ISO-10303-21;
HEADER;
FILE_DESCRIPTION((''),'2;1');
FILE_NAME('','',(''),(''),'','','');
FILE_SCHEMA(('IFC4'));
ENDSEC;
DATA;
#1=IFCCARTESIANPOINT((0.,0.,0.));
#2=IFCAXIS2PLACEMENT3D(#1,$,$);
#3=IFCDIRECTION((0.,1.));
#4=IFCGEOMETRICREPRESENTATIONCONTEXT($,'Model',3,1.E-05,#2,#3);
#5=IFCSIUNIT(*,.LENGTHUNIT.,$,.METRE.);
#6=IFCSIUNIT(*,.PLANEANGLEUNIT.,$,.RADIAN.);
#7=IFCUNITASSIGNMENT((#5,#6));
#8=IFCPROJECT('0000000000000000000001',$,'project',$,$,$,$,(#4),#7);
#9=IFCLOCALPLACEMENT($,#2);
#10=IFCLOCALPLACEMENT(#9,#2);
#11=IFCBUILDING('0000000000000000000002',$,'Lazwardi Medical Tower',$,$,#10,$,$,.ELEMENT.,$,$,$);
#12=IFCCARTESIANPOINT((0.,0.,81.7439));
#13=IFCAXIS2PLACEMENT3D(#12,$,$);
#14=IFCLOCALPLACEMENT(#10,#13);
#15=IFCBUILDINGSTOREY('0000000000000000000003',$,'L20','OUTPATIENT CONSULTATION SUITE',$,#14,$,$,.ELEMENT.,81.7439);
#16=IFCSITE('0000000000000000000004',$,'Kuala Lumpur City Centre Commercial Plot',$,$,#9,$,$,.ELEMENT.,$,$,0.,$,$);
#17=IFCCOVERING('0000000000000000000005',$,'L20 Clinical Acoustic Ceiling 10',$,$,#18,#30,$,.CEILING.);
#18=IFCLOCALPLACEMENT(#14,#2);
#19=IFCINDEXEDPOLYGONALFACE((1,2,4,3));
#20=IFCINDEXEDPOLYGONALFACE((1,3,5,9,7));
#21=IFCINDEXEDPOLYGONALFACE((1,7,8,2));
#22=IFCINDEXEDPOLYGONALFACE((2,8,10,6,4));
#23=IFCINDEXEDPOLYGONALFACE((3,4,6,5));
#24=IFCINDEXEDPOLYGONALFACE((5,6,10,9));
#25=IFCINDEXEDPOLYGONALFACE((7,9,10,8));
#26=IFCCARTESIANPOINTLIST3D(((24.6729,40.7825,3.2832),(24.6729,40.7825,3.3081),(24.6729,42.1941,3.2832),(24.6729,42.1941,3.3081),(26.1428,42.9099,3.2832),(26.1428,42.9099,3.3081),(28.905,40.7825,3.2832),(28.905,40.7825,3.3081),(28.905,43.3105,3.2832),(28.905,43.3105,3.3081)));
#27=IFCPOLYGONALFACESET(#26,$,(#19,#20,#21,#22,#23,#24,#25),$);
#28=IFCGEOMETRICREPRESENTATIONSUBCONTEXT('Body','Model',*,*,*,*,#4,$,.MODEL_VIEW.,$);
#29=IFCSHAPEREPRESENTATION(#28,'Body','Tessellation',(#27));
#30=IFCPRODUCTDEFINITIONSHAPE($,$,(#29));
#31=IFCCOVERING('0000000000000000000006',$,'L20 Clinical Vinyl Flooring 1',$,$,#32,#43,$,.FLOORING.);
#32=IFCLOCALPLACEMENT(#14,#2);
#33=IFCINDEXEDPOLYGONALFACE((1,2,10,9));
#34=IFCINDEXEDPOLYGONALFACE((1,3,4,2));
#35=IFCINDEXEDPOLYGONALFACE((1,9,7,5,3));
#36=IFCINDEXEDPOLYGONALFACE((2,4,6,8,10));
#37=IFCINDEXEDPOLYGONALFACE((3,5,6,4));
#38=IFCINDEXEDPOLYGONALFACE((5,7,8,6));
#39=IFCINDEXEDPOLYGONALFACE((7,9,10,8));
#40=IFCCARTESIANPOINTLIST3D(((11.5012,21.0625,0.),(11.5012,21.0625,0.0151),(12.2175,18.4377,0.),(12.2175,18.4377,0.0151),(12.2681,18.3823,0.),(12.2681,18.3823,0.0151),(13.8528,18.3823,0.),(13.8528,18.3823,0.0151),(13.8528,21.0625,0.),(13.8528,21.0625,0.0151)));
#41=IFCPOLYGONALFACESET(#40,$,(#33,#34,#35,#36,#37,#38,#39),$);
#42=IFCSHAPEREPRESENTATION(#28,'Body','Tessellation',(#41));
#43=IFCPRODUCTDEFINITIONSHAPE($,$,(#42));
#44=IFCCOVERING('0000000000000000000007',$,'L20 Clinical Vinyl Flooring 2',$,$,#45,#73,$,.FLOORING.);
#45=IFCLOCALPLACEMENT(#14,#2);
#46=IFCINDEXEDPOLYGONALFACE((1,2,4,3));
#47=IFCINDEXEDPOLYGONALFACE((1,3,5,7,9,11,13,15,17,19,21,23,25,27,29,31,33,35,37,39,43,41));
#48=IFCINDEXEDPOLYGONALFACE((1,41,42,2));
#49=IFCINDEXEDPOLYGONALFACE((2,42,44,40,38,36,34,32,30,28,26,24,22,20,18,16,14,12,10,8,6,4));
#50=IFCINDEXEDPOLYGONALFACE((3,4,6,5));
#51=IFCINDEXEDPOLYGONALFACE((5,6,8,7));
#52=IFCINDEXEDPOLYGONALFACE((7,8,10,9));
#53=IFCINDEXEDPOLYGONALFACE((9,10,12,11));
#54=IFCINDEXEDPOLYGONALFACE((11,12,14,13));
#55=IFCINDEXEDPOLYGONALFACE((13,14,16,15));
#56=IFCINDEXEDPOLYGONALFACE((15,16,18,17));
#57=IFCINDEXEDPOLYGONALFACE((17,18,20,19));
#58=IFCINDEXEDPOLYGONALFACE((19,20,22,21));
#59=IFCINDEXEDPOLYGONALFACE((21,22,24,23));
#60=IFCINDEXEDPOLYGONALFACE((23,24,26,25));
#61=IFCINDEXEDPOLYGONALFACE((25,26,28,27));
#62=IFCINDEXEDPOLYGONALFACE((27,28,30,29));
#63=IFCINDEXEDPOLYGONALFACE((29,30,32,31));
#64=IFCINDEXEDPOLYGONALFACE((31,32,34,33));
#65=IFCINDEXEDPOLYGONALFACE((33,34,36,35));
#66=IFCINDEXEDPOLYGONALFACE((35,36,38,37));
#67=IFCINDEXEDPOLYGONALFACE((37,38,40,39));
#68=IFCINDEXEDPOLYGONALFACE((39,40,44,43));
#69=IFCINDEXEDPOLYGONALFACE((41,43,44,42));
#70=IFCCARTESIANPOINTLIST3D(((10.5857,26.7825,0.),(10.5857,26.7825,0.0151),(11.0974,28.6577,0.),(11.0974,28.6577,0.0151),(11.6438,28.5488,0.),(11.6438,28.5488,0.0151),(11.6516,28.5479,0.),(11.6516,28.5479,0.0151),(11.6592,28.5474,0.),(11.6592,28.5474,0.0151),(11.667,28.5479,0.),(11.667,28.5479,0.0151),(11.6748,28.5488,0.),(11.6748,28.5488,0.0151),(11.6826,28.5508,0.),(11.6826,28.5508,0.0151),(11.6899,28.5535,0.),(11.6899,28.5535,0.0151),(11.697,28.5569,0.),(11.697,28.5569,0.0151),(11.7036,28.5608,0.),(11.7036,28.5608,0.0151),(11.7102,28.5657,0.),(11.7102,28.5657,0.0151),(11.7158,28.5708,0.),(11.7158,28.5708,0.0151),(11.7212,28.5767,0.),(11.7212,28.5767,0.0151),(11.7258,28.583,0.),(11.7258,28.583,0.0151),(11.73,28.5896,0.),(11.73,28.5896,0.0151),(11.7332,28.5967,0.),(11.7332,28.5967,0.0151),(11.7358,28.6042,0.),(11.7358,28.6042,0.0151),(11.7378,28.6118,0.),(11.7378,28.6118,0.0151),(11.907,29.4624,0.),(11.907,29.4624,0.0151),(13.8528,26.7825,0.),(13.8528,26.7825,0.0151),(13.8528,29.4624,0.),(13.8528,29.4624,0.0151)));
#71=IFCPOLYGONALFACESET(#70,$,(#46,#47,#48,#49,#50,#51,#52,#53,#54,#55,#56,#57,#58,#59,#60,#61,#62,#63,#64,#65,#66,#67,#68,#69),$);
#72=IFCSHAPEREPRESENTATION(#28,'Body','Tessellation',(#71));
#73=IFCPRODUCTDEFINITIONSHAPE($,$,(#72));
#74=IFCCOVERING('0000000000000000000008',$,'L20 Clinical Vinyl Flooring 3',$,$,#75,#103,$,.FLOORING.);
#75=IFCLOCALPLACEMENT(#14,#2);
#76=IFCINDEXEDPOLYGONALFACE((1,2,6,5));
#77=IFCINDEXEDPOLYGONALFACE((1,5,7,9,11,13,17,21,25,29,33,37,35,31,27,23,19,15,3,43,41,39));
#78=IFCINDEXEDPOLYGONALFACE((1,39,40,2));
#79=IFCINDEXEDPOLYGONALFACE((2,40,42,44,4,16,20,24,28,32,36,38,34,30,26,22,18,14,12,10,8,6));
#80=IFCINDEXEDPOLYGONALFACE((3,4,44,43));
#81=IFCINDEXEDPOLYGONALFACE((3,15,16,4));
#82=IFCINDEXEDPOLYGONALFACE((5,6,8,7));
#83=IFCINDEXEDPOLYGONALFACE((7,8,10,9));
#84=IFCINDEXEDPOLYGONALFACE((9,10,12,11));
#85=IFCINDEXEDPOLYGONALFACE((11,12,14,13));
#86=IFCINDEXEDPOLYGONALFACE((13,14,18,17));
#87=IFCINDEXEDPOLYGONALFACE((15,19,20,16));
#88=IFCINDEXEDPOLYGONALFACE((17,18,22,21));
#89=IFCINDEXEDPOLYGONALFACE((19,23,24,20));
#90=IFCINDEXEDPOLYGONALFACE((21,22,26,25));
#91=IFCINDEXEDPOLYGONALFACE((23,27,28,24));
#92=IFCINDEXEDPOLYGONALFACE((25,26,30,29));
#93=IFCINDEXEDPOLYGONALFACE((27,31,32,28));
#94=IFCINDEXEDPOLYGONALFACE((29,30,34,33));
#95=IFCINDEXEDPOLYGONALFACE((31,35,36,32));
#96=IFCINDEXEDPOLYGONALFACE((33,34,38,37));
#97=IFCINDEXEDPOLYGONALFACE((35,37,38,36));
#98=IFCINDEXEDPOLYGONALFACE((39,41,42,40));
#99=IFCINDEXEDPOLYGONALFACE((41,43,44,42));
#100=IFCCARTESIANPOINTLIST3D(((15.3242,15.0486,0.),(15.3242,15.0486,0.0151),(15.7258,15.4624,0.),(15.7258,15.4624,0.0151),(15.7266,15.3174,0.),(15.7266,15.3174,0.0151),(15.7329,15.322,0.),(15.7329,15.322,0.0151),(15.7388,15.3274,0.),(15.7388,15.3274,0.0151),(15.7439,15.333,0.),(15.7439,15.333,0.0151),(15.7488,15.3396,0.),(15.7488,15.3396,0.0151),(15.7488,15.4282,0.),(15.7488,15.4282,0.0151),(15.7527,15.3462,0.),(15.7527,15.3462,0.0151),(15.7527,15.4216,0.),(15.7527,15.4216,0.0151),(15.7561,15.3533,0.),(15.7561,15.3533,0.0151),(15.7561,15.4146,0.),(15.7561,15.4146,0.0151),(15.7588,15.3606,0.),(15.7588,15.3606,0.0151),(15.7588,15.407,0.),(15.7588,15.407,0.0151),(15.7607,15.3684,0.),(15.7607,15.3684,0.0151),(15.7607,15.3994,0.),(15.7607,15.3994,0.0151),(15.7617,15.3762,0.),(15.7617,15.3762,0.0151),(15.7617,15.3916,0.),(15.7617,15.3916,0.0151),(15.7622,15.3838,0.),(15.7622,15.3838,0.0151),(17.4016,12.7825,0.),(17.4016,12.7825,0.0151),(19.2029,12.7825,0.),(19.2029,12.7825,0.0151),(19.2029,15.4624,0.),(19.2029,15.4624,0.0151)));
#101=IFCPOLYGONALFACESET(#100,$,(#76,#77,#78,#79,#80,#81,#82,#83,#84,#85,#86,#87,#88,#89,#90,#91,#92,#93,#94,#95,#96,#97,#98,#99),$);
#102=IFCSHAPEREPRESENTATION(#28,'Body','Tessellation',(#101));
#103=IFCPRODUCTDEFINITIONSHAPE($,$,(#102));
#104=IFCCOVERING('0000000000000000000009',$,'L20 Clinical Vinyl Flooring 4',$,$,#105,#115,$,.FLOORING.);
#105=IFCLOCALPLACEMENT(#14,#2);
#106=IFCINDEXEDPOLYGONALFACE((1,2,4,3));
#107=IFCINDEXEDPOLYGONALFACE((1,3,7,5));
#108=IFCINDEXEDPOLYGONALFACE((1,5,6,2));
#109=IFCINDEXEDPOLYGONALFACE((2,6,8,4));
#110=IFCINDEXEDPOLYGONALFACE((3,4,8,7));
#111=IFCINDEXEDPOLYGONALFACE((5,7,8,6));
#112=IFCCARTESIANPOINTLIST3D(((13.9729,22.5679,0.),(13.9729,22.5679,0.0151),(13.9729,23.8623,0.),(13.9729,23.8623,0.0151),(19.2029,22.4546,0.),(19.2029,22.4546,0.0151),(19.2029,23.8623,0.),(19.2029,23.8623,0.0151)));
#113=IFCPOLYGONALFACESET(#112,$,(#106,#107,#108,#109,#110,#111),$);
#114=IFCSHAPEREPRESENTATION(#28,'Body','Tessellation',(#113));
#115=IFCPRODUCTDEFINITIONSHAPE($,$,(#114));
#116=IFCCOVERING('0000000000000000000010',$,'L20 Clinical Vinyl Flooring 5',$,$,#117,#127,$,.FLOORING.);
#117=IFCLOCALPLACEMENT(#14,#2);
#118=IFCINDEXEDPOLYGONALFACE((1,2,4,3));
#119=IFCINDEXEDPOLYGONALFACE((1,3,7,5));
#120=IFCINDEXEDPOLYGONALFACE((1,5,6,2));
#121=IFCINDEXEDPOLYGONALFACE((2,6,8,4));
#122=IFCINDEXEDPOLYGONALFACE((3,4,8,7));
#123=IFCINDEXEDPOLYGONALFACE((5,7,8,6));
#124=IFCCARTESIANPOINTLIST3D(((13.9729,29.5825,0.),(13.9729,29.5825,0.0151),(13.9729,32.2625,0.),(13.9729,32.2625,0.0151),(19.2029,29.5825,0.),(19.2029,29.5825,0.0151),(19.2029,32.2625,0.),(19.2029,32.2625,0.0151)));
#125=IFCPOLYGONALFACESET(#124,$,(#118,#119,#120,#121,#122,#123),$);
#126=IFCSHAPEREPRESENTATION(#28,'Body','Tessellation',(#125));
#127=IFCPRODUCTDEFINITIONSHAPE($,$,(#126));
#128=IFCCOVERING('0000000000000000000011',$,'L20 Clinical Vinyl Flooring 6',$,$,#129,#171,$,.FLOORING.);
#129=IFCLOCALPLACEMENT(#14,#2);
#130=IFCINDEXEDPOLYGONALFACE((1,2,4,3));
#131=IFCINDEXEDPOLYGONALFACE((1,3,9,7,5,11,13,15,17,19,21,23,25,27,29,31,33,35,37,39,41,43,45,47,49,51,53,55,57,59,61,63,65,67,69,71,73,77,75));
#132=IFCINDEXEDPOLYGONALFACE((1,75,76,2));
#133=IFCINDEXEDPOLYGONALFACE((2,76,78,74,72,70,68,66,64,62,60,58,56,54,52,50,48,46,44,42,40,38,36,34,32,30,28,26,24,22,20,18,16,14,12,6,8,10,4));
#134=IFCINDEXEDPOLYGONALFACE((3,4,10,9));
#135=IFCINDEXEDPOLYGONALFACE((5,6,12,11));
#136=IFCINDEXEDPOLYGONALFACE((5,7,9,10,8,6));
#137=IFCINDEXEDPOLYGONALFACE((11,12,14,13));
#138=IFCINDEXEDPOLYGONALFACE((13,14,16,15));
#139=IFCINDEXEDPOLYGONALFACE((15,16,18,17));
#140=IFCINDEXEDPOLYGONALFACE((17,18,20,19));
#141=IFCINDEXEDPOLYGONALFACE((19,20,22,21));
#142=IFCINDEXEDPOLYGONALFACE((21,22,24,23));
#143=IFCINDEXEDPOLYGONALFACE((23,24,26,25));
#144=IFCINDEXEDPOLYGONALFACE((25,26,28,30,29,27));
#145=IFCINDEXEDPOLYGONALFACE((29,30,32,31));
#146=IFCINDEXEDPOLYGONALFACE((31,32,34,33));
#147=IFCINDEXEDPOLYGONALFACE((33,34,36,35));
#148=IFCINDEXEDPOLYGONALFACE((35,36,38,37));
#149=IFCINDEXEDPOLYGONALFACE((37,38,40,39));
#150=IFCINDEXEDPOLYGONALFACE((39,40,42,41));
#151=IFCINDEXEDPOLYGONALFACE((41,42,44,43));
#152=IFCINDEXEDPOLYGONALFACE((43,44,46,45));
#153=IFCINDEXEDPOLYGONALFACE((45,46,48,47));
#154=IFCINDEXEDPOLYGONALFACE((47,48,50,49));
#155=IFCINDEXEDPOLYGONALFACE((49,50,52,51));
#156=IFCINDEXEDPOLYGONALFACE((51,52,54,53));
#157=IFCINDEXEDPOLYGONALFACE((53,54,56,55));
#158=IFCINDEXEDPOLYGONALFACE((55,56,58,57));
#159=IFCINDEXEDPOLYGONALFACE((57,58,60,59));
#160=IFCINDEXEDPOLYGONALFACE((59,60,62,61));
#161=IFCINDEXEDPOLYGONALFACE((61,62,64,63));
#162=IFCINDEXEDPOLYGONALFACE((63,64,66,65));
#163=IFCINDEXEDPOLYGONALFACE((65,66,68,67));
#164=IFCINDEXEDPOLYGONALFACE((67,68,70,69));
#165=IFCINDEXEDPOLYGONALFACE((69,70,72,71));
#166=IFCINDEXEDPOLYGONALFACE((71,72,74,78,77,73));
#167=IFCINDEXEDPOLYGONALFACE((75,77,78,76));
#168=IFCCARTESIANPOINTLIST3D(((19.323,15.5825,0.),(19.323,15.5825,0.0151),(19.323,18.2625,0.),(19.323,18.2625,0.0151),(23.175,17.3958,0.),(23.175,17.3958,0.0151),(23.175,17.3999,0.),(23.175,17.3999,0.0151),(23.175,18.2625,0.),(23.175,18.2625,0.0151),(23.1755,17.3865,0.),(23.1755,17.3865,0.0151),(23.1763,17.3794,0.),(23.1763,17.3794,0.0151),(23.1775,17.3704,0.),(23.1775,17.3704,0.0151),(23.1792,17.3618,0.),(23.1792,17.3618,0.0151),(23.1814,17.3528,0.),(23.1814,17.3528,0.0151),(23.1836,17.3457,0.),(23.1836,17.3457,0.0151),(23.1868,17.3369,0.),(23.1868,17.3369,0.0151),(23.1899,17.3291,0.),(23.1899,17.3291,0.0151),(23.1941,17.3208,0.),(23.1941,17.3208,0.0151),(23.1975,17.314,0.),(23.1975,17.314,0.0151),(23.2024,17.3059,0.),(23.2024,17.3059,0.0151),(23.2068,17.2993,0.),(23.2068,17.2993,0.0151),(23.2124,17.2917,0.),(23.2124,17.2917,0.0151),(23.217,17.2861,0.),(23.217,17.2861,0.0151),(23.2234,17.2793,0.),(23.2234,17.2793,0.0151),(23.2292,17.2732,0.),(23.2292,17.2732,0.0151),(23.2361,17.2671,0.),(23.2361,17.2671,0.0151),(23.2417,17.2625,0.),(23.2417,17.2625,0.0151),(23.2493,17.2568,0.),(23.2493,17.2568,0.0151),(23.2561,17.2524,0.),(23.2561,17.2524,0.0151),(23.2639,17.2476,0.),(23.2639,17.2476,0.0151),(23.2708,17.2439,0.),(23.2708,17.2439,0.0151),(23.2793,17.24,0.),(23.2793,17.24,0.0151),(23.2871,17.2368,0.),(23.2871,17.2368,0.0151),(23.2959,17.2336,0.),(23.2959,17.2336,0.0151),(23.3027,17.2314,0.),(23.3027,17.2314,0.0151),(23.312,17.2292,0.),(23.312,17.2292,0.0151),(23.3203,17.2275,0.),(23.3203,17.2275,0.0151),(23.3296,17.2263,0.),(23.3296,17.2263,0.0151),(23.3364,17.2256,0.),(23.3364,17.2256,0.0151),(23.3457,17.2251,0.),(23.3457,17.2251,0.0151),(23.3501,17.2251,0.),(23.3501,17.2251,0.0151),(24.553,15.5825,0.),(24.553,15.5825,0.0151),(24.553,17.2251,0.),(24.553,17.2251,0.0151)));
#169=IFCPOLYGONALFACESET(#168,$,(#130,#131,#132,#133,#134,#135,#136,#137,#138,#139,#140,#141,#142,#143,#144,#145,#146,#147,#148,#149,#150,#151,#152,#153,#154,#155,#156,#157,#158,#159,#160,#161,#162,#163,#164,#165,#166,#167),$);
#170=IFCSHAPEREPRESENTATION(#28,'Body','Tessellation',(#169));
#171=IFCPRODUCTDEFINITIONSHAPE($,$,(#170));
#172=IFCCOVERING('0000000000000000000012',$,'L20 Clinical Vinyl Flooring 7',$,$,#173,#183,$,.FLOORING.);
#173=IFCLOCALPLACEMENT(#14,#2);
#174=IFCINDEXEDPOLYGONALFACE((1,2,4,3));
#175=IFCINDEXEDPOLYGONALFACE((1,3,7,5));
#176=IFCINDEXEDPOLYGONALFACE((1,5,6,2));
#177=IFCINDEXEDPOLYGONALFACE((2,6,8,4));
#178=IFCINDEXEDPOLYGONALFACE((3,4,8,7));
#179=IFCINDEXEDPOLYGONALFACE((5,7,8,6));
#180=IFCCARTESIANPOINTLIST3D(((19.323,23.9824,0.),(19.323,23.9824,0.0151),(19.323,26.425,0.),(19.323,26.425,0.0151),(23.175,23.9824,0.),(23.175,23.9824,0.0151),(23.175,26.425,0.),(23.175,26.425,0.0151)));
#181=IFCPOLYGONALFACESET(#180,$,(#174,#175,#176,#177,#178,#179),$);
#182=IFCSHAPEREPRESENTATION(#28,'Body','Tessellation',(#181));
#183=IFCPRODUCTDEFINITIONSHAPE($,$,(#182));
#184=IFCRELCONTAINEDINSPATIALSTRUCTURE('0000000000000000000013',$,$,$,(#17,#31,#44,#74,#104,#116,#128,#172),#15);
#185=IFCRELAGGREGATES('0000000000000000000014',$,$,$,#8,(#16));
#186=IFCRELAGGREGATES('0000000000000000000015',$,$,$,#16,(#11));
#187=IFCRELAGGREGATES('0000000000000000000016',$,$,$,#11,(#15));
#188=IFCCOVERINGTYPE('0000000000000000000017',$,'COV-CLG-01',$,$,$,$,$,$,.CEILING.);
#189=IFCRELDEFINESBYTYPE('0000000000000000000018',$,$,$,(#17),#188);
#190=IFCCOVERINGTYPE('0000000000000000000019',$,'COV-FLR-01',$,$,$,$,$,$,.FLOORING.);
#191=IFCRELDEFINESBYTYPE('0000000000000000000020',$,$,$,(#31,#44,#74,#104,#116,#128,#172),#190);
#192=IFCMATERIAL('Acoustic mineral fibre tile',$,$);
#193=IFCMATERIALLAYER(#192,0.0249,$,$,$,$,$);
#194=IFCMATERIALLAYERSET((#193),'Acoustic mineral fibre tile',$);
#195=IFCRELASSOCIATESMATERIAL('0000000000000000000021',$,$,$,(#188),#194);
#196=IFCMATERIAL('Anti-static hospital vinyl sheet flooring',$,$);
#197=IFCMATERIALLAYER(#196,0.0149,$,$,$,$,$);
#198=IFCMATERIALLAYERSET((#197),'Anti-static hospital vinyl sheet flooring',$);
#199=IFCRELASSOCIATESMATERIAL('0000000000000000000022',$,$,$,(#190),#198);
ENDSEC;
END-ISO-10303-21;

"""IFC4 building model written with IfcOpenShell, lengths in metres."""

from ifc_helpers import new_model, si_unit, direction, frame, origin, place, context, subcontext, project, spatial, polyline, outline, extrude, material, layer, layer_set, type_object, element, save


model = new_model("IFC4")

# Units and contexts
model_context = context("Model", 3, precision=1e-05, world=origin(), true_north=direction((0.0, 1.0)))
body_context = subcontext(model_context, "Body", "Model", "MODEL_VIEW")
ifc_project = project(units=[si_unit("LENGTHUNIT", "METRE"), si_unit("PLANEANGLEUNIT", "RADIAN")], contexts=[model_context])

# Site, building, storey
site_placement = place(None, origin())
site = spatial("IfcSite", under=ifc_project, at=site_placement, Name="Kuala Lumpur City Centre Commercial Plot", CompositionType="ELEMENT", RefElevation=0.0)
building_placement = place(site_placement, origin())
building = spatial("IfcBuilding", under=site, at=building_placement, Name="Lazwardi Medical Tower", CompositionType="ELEMENT")
storey_placement = place(building_placement, frame((0.0, 0.0, 81.7439)))
storey = spatial("IfcBuildingStorey", under=building, at=storey_placement, Name="L20", Description="OUTPATIENT CONSULTATION SUITE", CompositionType="ELEMENT", Elevation=81.7439)

# Coverings
ifc_material_1 = material(Name="Acoustic mineral fibre tile")
ifc_layer_1 = layer(ifc_material_1, 0.0249)
ifc_layer_set_1 = layer_set([ifc_layer_1], Name="Acoustic mineral fibre tile")
covering_type_1 = type_object("IfcCoveringType", Name="COV-CLG-01", PredefinedType="CEILING", material=ifc_layer_set_1)
covering_1_placement = place(storey_placement, frame((0.0, 0.0, 3.2832)))
element("IfcCovering", 1, at=covering_1_placement, inside=storey, type_object=covering_type_1, Name="L20 Clinical Acoustic Ceiling 10", PredefinedType="CEILING", context=body_context, shape_type="SweptSolid", body=[
    extrude(outline(polyline([(28.905, 40.7825), (28.905, 43.3105), (26.1428, 42.9099), (24.6729, 42.1941), (24.6729, 40.7825), (28.905, 40.7825)])), origin(), (0.0, 0.0, 1.0), 0.0249),
])
ifc_material_2 = material(Name="Anti-static hospital vinyl sheet flooring")
ifc_layer_2 = layer(ifc_material_2, 0.0149)
ifc_layer_set_2 = layer_set([ifc_layer_2], Name="Anti-static hospital vinyl sheet flooring")
covering_type_2 = type_object("IfcCoveringType", Name="COV-FLR-01", PredefinedType="FLOORING", material=ifc_layer_set_2)
covering_2_placement = place(storey_placement, origin())
element("IfcCovering", 2, at=covering_2_placement, inside=storey, type_object=covering_type_2, Name="L20 Clinical Vinyl Flooring 1", PredefinedType="FLOORING", context=body_context, shape_type="SweptSolid", body=[
    extrude(outline(polyline([(11.5012, 21.0625), (12.2175, 18.4377), (12.2681, 18.3823), (13.8528, 18.3823), (13.8528, 21.0625), (11.5012, 21.0625)])), origin(), (0.0, 0.0, 1.0), 0.0151),
])
covering_3_placement = place(storey_placement, origin())
element("IfcCovering", 3, at=covering_3_placement, inside=storey, type_object=covering_type_2, Name="L20 Clinical Vinyl Flooring 2", PredefinedType="FLOORING", context=body_context, shape_type="SweptSolid", body=[
    extrude(outline(polyline([(11.907, 29.4624), (11.7378, 28.6118), (11.7358, 28.6042), (11.7332, 28.5967), (11.73, 28.5896), (11.7258, 28.583), (11.7212, 28.5767), (11.7158, 28.5708), (11.7102, 28.5657), (11.7036, 28.5608), (11.697, 28.5569), (11.6899, 28.5535), (11.6826, 28.5508), (11.6748, 28.5488), (11.667, 28.5479), (11.6592, 28.5474), (11.6516, 28.5479), (11.6438, 28.5488), (11.0974, 28.6577), (10.5857, 26.7825), (13.8528, 26.7825), (13.8528, 29.4624), (11.907, 29.4624)])), origin(), (0.0, 0.0, 1.0), 0.0151),
])
covering_4_placement = place(storey_placement, origin())
element("IfcCovering", 4, at=covering_4_placement, inside=storey, type_object=covering_type_2, Name="L20 Clinical Vinyl Flooring 3", PredefinedType="FLOORING", context=body_context, shape_type="SweptSolid", body=[
    extrude(outline(polyline([(15.7258, 15.4624), (15.7488, 15.4282), (15.7527, 15.4216), (15.7561, 15.4146), (15.7588, 15.407), (15.7607, 15.3994), (15.7617, 15.3916), (15.7622, 15.3838), (15.7617, 15.3762), (15.7607, 15.3684), (15.7588, 15.3606), (15.7561, 15.3533), (15.7527, 15.3462), (15.7488, 15.3396), (15.7439, 15.333), (15.7388, 15.3274), (15.7329, 15.322), (15.7266, 15.3174), (15.3242, 15.0486), (17.4016, 12.7825), (19.2029, 12.7825), (19.2029, 15.4624), (15.7258, 15.4624)])), origin(), (0.0, 0.0, 1.0), 0.0151),
])
covering_5_placement = place(storey_placement, origin())
element("IfcCovering", 5, at=covering_5_placement, inside=storey, type_object=covering_type_2, Name="L20 Clinical Vinyl Flooring 4", PredefinedType="FLOORING", context=body_context, shape_type="SweptSolid", body=[
    extrude(outline(polyline([(13.9729, 22.5679), (19.2029, 22.4546), (19.2029, 23.8623), (13.9729, 23.8623), (13.9729, 22.5679)])), origin(), (0.0, 0.0, 1.0), 0.0151),
])
covering_6_placement = place(storey_placement, origin())
element("IfcCovering", 6, at=covering_6_placement, inside=storey, type_object=covering_type_2, Name="L20 Clinical Vinyl Flooring 5", PredefinedType="FLOORING", context=body_context, shape_type="SweptSolid", body=[
    extrude(outline(polyline([(19.2029, 29.5825), (19.2029, 32.2625), (13.9729, 32.2625), (13.9729, 29.5825), (19.2029, 29.5825)])), origin(), (0.0, 0.0, 1.0), 0.0151),
])
covering_7_placement = place(storey_placement, origin())
element("IfcCovering", 7, at=covering_7_placement, inside=storey, type_object=covering_type_2, Name="L20 Clinical Vinyl Flooring 6", PredefinedType="FLOORING", context=body_context, shape_type="SweptSolid", body=[
    extrude(outline(polyline([(24.553, 17.2251), (23.3501, 17.2251), (23.3457, 17.2251), (23.3364, 17.2256), (23.3296, 17.2263), (23.3203, 17.2275), (23.312, 17.2292), (23.3027, 17.2314), (23.2959, 17.2336), (23.2871, 17.2368), (23.2793, 17.24), (23.2708, 17.2439), (23.2639, 17.2476), (23.2561, 17.2524), (23.2493, 17.2568), (23.2417, 17.2625), (23.2361, 17.2671), (23.2292, 17.2732), (23.2234, 17.2793), (23.217, 17.2861), (23.2124, 17.2917), (23.2068, 17.2993), (23.2024, 17.3059), (23.1975, 17.314), (23.1941, 17.3208), (23.1899, 17.3291), (23.1868, 17.3369), (23.1836, 17.3457), (23.1814, 17.3528), (23.1792, 17.3618), (23.1775, 17.3704), (23.1763, 17.3794), (23.1755, 17.3865), (23.175, 17.3958), (23.175, 17.3999), (23.175, 18.2625), (19.323, 18.2625), (19.323, 15.5825), (24.553, 15.5825), (24.553, 17.2251)])), origin(), (0.0, 0.0, 1.0), 0.0151),
])
covering_8_placement = place(storey_placement, origin())
element("IfcCovering", 8, at=covering_8_placement, inside=storey, type_object=covering_type_2, Name="L20 Clinical Vinyl Flooring 7", PredefinedType="FLOORING", context=body_context, shape_type="SweptSolid", body=[
    extrude(outline(polyline([(23.175, 23.9824), (23.175, 26.425), (19.323, 26.425), (19.323, 23.9824), (23.175, 23.9824)])), origin(), (0.0, 0.0, 1.0), 0.0151),
])

save(model, "model.ifc")
